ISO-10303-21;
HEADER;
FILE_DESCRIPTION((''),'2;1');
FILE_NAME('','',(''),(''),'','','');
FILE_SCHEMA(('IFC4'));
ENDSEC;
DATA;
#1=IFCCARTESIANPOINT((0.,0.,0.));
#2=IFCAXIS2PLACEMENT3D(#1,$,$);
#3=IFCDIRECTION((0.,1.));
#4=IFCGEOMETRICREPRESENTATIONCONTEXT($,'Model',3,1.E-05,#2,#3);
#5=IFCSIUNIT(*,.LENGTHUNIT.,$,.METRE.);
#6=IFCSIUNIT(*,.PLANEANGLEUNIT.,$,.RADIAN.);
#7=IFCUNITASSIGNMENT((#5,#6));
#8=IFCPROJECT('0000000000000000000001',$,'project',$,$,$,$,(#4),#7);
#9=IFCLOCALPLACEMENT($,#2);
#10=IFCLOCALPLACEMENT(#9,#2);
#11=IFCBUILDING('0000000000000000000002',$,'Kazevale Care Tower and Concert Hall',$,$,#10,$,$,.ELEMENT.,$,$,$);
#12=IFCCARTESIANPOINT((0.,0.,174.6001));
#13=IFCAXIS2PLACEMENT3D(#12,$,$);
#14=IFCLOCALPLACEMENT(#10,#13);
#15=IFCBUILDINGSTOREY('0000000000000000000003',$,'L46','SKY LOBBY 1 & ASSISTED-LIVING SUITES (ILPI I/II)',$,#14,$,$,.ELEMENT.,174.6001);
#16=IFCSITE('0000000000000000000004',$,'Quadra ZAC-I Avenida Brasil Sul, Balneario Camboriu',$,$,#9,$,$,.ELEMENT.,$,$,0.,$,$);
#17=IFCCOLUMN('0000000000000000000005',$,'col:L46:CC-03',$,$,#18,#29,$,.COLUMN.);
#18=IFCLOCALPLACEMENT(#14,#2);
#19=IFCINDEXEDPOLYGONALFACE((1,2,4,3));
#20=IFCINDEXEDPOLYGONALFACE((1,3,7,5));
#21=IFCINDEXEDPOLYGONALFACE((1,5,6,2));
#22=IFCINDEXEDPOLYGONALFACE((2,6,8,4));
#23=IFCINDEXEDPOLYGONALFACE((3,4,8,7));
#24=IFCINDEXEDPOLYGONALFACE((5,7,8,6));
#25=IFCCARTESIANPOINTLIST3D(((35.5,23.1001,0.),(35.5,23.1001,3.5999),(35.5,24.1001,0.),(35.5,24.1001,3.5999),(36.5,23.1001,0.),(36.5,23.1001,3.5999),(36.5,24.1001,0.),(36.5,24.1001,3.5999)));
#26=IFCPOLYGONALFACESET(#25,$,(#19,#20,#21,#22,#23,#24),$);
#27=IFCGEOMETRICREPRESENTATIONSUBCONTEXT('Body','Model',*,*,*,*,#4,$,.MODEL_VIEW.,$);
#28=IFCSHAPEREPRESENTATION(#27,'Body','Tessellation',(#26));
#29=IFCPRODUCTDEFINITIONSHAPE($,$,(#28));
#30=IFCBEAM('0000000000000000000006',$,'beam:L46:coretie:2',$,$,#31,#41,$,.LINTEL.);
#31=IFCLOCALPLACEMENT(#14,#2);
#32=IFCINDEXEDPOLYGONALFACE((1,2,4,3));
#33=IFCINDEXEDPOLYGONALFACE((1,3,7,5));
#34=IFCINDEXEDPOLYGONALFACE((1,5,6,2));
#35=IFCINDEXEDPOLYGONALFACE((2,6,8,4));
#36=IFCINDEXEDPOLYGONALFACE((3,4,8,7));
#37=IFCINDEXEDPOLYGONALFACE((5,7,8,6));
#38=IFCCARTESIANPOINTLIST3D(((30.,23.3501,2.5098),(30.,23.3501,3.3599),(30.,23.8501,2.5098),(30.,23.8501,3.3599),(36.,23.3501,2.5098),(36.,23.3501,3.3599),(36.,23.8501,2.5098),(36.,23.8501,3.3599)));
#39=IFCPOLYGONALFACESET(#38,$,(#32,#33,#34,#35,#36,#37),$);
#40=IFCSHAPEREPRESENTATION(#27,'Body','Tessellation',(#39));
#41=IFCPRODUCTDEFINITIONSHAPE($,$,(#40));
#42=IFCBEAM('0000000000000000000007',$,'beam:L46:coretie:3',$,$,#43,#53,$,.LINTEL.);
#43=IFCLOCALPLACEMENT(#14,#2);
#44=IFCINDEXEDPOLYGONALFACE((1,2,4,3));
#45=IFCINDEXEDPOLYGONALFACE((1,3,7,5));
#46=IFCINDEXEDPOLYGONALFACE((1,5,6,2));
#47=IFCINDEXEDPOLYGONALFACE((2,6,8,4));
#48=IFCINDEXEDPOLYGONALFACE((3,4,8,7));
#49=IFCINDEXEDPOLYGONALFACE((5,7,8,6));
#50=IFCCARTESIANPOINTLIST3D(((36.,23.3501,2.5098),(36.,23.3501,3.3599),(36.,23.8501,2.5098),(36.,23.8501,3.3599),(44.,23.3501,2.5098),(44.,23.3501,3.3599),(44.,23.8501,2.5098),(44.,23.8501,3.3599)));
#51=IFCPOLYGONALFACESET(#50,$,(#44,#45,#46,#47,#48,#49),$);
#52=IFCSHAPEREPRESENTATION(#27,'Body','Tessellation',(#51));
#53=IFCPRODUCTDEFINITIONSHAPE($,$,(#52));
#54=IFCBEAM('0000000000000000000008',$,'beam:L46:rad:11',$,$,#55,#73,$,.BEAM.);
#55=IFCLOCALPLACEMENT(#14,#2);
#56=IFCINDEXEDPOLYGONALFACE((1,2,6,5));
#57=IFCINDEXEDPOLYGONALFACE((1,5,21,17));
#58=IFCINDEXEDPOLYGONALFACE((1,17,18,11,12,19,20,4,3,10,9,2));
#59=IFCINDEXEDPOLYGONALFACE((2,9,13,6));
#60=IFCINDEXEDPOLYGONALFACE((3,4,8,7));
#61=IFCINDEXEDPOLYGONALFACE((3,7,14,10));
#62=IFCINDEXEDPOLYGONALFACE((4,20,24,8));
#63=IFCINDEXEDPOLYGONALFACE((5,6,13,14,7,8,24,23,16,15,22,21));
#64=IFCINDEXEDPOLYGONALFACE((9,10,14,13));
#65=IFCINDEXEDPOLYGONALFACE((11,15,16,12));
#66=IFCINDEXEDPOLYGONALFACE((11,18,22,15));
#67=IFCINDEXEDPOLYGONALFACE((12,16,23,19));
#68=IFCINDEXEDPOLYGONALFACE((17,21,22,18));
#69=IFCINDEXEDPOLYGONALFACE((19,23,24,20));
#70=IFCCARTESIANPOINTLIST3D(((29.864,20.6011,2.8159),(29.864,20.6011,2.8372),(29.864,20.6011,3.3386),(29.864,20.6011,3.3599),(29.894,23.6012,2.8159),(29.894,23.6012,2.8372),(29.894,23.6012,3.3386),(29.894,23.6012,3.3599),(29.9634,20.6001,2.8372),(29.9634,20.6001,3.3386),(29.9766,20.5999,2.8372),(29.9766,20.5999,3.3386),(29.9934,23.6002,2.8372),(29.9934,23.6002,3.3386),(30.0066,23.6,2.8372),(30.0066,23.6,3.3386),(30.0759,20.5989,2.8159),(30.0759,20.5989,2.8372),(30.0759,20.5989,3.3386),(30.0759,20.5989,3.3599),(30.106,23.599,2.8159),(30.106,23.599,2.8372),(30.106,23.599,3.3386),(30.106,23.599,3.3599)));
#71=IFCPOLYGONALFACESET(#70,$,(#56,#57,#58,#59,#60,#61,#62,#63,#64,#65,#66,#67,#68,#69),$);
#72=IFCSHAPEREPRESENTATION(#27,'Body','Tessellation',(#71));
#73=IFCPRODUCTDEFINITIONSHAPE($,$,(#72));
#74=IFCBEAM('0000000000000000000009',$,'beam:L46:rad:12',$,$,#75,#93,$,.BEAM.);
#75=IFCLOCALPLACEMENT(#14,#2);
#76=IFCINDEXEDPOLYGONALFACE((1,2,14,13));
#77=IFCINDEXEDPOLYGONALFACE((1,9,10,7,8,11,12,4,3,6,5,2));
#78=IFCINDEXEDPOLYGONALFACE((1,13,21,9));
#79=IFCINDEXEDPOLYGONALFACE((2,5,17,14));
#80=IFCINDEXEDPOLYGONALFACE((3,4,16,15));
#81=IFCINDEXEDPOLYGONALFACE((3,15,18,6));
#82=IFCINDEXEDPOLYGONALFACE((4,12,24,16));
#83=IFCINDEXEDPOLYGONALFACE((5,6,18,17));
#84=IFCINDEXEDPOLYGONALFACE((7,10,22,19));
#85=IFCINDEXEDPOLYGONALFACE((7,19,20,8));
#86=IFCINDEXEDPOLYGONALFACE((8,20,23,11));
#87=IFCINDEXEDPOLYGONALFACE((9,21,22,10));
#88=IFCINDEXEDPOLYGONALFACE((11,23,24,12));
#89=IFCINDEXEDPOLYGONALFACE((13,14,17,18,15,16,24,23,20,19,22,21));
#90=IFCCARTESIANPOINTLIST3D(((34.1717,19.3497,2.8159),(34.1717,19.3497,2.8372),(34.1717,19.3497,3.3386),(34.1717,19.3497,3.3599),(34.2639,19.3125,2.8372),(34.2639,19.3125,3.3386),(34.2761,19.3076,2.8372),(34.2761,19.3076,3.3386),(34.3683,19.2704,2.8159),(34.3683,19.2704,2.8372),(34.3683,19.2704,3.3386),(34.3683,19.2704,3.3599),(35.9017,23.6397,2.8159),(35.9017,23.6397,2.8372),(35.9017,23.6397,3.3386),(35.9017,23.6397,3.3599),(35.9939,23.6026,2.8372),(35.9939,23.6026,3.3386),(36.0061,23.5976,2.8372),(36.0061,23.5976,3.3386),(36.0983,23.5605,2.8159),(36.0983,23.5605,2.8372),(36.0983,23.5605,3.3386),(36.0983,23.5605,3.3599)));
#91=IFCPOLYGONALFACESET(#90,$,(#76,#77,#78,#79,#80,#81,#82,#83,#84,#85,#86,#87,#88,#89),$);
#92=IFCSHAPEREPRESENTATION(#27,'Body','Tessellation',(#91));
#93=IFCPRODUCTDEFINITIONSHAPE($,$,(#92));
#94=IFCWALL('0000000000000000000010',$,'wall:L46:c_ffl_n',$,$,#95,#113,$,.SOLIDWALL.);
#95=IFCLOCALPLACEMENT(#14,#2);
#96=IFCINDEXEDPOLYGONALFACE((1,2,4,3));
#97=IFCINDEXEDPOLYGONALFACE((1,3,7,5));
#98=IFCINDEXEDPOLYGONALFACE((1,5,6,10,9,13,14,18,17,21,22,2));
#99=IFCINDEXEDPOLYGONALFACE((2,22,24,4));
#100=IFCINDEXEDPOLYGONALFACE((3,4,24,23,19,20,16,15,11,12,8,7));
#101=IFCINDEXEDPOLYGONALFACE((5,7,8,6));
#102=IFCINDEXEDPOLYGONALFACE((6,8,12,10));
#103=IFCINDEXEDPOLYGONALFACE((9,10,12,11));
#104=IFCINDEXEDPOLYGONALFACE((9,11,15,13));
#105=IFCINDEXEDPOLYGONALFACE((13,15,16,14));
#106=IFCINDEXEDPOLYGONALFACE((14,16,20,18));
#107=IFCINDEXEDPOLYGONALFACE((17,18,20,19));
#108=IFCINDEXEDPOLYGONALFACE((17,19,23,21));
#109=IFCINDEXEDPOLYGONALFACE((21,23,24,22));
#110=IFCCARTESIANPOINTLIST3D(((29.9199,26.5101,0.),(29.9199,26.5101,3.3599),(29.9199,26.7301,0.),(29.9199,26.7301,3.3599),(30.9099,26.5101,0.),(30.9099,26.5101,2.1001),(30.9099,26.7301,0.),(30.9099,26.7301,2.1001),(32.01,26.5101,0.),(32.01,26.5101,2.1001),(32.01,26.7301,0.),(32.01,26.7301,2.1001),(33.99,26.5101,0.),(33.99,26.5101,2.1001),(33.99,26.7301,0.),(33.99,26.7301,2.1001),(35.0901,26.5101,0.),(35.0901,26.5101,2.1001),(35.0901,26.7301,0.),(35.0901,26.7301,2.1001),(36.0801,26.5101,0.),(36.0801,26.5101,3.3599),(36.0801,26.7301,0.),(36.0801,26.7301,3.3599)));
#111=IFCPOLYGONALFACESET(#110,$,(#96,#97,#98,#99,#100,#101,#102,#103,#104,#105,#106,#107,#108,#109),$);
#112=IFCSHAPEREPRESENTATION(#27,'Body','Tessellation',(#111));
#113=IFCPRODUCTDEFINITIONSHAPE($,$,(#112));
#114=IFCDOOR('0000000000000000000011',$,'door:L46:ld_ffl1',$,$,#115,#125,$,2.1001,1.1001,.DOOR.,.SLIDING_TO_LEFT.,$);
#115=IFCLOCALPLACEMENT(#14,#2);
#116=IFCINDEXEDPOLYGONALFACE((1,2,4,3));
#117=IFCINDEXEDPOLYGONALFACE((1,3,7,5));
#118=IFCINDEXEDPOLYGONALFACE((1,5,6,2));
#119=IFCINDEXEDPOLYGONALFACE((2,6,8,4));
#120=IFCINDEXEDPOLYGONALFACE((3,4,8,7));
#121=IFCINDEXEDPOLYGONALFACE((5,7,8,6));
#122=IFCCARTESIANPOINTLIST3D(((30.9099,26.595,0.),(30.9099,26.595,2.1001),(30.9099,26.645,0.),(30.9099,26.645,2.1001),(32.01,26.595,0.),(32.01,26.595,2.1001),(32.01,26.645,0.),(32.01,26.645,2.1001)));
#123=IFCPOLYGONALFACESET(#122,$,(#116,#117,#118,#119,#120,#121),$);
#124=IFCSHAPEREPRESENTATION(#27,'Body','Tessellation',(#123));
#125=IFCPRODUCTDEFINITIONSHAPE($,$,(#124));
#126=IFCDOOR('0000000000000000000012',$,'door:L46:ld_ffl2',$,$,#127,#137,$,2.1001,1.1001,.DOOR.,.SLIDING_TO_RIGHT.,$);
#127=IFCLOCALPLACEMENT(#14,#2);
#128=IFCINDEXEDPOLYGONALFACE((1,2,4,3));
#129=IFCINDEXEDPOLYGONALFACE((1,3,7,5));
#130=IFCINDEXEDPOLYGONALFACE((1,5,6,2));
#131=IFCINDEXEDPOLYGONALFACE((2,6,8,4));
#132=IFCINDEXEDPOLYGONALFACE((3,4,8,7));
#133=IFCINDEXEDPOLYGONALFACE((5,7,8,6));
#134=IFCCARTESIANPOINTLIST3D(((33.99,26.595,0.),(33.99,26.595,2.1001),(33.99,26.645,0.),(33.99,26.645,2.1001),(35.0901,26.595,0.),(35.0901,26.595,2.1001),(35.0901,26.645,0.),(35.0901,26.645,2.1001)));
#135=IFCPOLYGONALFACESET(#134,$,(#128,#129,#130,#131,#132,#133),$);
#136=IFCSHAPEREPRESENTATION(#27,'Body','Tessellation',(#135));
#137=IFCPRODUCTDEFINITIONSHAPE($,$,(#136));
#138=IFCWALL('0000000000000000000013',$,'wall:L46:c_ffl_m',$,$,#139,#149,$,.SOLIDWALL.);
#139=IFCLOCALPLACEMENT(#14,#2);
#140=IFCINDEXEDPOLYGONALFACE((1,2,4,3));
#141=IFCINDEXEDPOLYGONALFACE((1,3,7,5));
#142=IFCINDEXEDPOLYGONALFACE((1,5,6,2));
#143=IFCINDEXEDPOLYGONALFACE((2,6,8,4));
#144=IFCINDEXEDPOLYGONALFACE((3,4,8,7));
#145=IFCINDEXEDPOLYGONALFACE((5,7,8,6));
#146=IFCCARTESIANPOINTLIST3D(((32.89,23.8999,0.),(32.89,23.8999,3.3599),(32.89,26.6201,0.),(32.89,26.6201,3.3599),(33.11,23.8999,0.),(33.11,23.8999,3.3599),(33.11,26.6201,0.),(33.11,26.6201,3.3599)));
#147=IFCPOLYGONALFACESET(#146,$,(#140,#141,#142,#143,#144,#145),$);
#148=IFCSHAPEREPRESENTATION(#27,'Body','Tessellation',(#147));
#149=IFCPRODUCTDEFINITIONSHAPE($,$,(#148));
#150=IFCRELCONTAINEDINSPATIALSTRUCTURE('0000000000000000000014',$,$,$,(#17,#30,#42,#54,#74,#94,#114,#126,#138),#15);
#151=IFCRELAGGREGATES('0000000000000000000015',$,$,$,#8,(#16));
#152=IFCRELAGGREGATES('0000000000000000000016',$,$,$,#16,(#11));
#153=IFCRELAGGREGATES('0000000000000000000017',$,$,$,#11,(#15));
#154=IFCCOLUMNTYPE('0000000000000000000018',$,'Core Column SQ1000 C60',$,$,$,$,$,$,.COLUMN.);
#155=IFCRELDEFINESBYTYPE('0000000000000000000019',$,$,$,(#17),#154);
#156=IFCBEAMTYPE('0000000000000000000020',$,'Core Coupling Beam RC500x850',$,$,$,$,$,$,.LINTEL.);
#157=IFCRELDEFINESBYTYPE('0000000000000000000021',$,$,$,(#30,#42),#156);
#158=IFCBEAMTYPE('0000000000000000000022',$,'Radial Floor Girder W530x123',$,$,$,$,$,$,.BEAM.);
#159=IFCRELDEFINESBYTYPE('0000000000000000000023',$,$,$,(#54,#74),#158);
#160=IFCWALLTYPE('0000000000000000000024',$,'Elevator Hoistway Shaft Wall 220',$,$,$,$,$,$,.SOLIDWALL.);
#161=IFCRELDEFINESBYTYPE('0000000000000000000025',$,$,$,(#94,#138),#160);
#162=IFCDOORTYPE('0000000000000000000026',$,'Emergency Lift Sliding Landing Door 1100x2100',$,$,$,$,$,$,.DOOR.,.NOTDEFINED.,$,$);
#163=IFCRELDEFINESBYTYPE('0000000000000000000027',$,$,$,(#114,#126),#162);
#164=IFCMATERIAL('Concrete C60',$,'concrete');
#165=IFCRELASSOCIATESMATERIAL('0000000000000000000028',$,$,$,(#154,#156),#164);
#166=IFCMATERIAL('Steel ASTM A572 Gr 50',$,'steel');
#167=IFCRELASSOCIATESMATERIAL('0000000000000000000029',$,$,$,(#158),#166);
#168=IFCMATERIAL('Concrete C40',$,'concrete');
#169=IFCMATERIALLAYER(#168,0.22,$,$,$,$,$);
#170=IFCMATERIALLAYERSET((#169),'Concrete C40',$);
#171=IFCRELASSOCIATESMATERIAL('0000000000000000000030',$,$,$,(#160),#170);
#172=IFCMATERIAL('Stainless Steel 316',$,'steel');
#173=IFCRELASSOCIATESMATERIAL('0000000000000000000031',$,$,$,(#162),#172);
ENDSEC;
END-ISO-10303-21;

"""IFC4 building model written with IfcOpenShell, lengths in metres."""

from ifc_helpers import new_model, si_unit, direction, frame, frame_2d, origin, origin_2d, place, context, subcontext, project, spatial, rectangle, i_section, extrude, material, layer, layer_set, material_profile, profile_set, type_object, element, fill, save


model = new_model("IFC4")

# Units and contexts
model_context = context("Model", 3, precision=1e-05, world=origin(), true_north=direction((0.0, 1.0)))
body_context = subcontext(model_context, "Body", "Model", "MODEL_VIEW")
ifc_project = project(units=[si_unit("LENGTHUNIT", "METRE"), si_unit("PLANEANGLEUNIT", "RADIAN")], contexts=[model_context])

# Site, building, storey
site_placement = place(None, origin())
site = spatial("IfcSite", under=ifc_project, at=site_placement, Name="Quadra ZAC-I Avenida Brasil Sul, Balneario Camboriu", CompositionType="ELEMENT", RefElevation=0.0)
building_placement = place(site_placement, origin())
building = spatial("IfcBuilding", under=site, at=building_placement, Name="Kazevale Care Tower and Concert Hall", CompositionType="ELEMENT")
storey_placement = place(building_placement, frame((0.0, 0.0, 174.6001)))
storey = spatial("IfcBuildingStorey", under=building, at=storey_placement, Name="L46", Description="SKY LOBBY 1 & ASSISTED-LIVING SUITES (ILPI I/II)", CompositionType="ELEMENT", Elevation=174.6001)

# Column
ifc_material_1 = material(Name="Concrete C60", Category="concrete")
ifc_material_profile_1 = material_profile(ifc_material_1, rectangle(XDim=1.0, YDim=1.0, at=origin_2d()), Name="RC-SQ1000")
ifc_profile_set_1 = profile_set([ifc_material_profile_1], Name="Concrete C60")
column_type = type_object("IfcColumnType", Name="Core Column SQ1000 C60", PredefinedType="COLUMN", material=ifc_profile_set_1)
column_placement = place(storey_placement, frame((36.0, 23.6001, 0.0), z_axis=(0.0, 0.0, 1.0), x_axis=(1.0, 0.0, 0.0)))
element("IfcColumn", 1, at=column_placement, inside=storey, type_object=column_type, Name="col:L46:CC-03", PredefinedType="COLUMN", context=body_context, shape_type="SweptSolid", body=[
    extrude(rectangle(XDim=1.0, YDim=1.0, at=origin_2d()), origin(), (0.0, 0.0, 1.0), 3.5999),
])

# Beams
ifc_material_profile_2 = material_profile(ifc_material_1, rectangle(XDim=0.5, YDim=0.8501, at=origin_2d()), Name="RC-B500x850")
ifc_profile_set_2 = profile_set([ifc_material_profile_2], Name="Concrete C60")
beam_type_1 = type_object("IfcBeamType", Name="Core Coupling Beam RC500x850", PredefinedType="LINTEL", material=ifc_profile_set_2)
beam_1_placement = place(storey_placement, frame((30.0, 23.6001, 2.9348), z_axis=(1.0, 0.0, 0.0), x_axis=(0.0, 1.0, 0.0)))
element("IfcBeam", 2, at=beam_1_placement, inside=storey, type_object=beam_type_1, Name="beam:L46:coretie:2", PredefinedType="LINTEL", context=body_context, shape_type="SweptSolid", body=[
    extrude(rectangle(XDim=0.5, YDim=0.8501, at=origin_2d()), origin(), (0.0, 0.0, 1.0), 6.0),
])
beam_2_placement = place(storey_placement, frame((36.0, 23.6001, 2.9348), z_axis=(1.0, 0.0, 0.0), x_axis=(0.0, 1.0, 0.0)))
element("IfcBeam", 3, at=beam_2_placement, inside=storey, type_object=beam_type_1, Name="beam:L46:coretie:3", PredefinedType="LINTEL", context=body_context, shape_type="SweptSolid", body=[
    extrude(rectangle(XDim=0.5, YDim=0.8501, at=origin_2d()), origin(), (0.0, 0.0, 1.0), 8.0),
])
ifc_material_2 = material(Name="Steel ASTM A572 Gr 50", Category="steel")
ifc_material_profile_3 = material_profile(ifc_material_2, i_section(OverallWidth=0.2119, OverallDepth=0.5439, WebThickness=0.0132, FlangeThickness=0.0212, at=origin_2d()), Name="W530x123")
ifc_profile_set_3 = profile_set([ifc_material_profile_3], Name="Steel ASTM A572 Gr 50")
beam_type_2 = type_object("IfcBeamType", Name="Radial Floor Girder W530x123", PredefinedType="BEAM", material=ifc_profile_set_3)
beam_3_placement = place(storey_placement, frame((30.0, 23.6001, 3.0879), z_axis=(-0.010009, -0.99995, 0.0), x_axis=(0.99995, -0.010009, 0.0)))
element("IfcBeam", 4, at=beam_3_placement, inside=storey, type_object=beam_type_2, Name="beam:L46:rad:11", PredefinedType="BEAM", context=body_context, shape_type="SweptSolid", body=[
    extrude(i_section(OverallWidth=0.2119, OverallDepth=0.5439, WebThickness=0.0132, FlangeThickness=0.0212, at=origin_2d()), origin(), (0.0, 0.0, 1.0), 3.0002),
])
beam_4_placement = place(storey_placement, frame((36.0, 23.6001, 3.0879), z_axis=(-0.373992, -0.927432, 0.0), x_axis=(0.927432, -0.373992, 0.0)))
element("IfcBeam", 5, at=beam_4_placement, inside=storey, type_object=beam_type_2, Name="beam:L46:rad:12", PredefinedType="BEAM", context=body_context, shape_type="SweptSolid", body=[
    extrude(i_section(OverallWidth=0.2119, OverallDepth=0.5439, WebThickness=0.0132, FlangeThickness=0.0212, at=origin_2d()), origin(), (0.0, 0.0, 1.0), 4.6257),
])

# Wall, openings, doors
ifc_material_3 = material(Name="Concrete C40", Category="concrete")
ifc_layer_1 = layer(ifc_material_3, 0.22)
ifc_layer_set_1 = layer_set([ifc_layer_1], Name="Concrete C40")
wall_type_1 = type_object("IfcWallType", Name="Elevator Hoistway Shaft Wall 220", PredefinedType="SOLIDWALL", material=ifc_layer_set_1)
wall_1_placement = place(storey_placement, frame((29.9199, 26.6201, 0.0), z_axis=(0.0, 0.0, 1.0), x_axis=(1.0, 0.0, 0.0)))
wall_1 = element("IfcWall", 6, at=wall_1_placement, inside=storey, type_object=wall_type_1, Name="wall:L46:c_ffl_n", PredefinedType="SOLIDWALL", context=body_context, shape_type="SweptSolid", body=[
    extrude(rectangle(XDim=6.1602, YDim=0.22, at=frame_2d((3.0801, 0.0))), origin(), (0.0, 0.0, 1.0), 3.3599),
])
opening_1_placement = place(wall_1_placement, frame((0.99, 0.0, 0.0)))
opening_1 = element("IfcOpeningElement", 7, at=opening_1_placement, cuts=wall_1, PredefinedType="OPENING", context=body_context, shape_type="SweptSolid", body=[
    extrude(rectangle(XDim=1.1001, YDim=2.1001, at=frame_2d((0.55, 1.05))), frame((0.0, 0.1199, 0.0), z_axis=(0.0, -1.0, 0.0), x_axis=(1.0, 0.0, 0.0)), (0.0, 0.0, 1.0), 0.24),
])
opening_2_placement = place(wall_1_placement, frame((4.0701, 0.0, 0.0)))
opening_2 = element("IfcOpeningElement", 8, at=opening_2_placement, cuts=wall_1, PredefinedType="OPENING", context=body_context, shape_type="SweptSolid", body=[
    extrude(rectangle(XDim=1.1001, YDim=2.1001, at=frame_2d((0.55, 1.05))), frame((0.0, 0.1199, 0.0), z_axis=(0.0, -1.0, 0.0), x_axis=(1.0, 0.0, 0.0)), (0.0, 0.0, 1.0), 0.24),
])
ifc_material_4 = material(Name="Stainless Steel 316", Category="steel")
door_type_1 = type_object("IfcDoorType", Name="Emergency Lift Sliding Landing Door 1100x2100", OperationType="NOTDEFINED", PredefinedType="DOOR", material=ifc_material_4)
door_1_placement = place(opening_1_placement, origin())
door_1 = element("IfcDoor", 9, at=door_1_placement, inside=storey, type_object=door_type_1, Name="door:L46:ld_ffl1", OperationType="SLIDING_TO_LEFT", OverallHeight=2.1001, OverallWidth=1.1001, PredefinedType="DOOR", context=body_context, shape_type="SweptSolid", body=[
    extrude(rectangle(XDim=1.1001, YDim=2.1001, at=frame_2d((0.55, 1.05))), frame((0.0, 0.0249, 0.0), z_axis=(0.0, -1.0, 0.0), x_axis=(1.0, 0.0, 0.0)), (0.0, 0.0, 1.0), 0.05),
])
fill(opening_1, door_1)
door_2_placement = place(opening_2_placement, origin())
door_2 = element("IfcDoor", 10, at=door_2_placement, inside=storey, type_object=door_type_1, Name="door:L46:ld_ffl2", OperationType="SLIDING_TO_RIGHT", OverallHeight=2.1001, OverallWidth=1.1001, PredefinedType="DOOR", context=body_context, shape_type="SweptSolid", body=[
    extrude(rectangle(XDim=1.1001, YDim=2.1001, at=frame_2d((0.55, 1.05))), frame((0.0, 0.0249, 0.0), z_axis=(0.0, -1.0, 0.0), x_axis=(1.0, 0.0, 0.0)), (0.0, 0.0, 1.0), 0.05),
])
fill(opening_2, door_2)

# Wall
wall_2_placement = place(storey_placement, frame((33.0, 23.8999, 0.0), z_axis=(0.0, 0.0, 1.0), x_axis=(0.0, 1.0, 0.0)))
element("IfcWall", 11, at=wall_2_placement, inside=storey, type_object=wall_type_1, Name="wall:L46:c_ffl_m", PredefinedType="SOLIDWALL", context=body_context, shape_type="SweptSolid", body=[
    extrude(rectangle(XDim=2.7202, YDim=0.22, at=frame_2d((1.3601, 0.0))), origin(), (0.0, 0.0, 1.0), 3.3599),
])

save(model, "model.ifc")
